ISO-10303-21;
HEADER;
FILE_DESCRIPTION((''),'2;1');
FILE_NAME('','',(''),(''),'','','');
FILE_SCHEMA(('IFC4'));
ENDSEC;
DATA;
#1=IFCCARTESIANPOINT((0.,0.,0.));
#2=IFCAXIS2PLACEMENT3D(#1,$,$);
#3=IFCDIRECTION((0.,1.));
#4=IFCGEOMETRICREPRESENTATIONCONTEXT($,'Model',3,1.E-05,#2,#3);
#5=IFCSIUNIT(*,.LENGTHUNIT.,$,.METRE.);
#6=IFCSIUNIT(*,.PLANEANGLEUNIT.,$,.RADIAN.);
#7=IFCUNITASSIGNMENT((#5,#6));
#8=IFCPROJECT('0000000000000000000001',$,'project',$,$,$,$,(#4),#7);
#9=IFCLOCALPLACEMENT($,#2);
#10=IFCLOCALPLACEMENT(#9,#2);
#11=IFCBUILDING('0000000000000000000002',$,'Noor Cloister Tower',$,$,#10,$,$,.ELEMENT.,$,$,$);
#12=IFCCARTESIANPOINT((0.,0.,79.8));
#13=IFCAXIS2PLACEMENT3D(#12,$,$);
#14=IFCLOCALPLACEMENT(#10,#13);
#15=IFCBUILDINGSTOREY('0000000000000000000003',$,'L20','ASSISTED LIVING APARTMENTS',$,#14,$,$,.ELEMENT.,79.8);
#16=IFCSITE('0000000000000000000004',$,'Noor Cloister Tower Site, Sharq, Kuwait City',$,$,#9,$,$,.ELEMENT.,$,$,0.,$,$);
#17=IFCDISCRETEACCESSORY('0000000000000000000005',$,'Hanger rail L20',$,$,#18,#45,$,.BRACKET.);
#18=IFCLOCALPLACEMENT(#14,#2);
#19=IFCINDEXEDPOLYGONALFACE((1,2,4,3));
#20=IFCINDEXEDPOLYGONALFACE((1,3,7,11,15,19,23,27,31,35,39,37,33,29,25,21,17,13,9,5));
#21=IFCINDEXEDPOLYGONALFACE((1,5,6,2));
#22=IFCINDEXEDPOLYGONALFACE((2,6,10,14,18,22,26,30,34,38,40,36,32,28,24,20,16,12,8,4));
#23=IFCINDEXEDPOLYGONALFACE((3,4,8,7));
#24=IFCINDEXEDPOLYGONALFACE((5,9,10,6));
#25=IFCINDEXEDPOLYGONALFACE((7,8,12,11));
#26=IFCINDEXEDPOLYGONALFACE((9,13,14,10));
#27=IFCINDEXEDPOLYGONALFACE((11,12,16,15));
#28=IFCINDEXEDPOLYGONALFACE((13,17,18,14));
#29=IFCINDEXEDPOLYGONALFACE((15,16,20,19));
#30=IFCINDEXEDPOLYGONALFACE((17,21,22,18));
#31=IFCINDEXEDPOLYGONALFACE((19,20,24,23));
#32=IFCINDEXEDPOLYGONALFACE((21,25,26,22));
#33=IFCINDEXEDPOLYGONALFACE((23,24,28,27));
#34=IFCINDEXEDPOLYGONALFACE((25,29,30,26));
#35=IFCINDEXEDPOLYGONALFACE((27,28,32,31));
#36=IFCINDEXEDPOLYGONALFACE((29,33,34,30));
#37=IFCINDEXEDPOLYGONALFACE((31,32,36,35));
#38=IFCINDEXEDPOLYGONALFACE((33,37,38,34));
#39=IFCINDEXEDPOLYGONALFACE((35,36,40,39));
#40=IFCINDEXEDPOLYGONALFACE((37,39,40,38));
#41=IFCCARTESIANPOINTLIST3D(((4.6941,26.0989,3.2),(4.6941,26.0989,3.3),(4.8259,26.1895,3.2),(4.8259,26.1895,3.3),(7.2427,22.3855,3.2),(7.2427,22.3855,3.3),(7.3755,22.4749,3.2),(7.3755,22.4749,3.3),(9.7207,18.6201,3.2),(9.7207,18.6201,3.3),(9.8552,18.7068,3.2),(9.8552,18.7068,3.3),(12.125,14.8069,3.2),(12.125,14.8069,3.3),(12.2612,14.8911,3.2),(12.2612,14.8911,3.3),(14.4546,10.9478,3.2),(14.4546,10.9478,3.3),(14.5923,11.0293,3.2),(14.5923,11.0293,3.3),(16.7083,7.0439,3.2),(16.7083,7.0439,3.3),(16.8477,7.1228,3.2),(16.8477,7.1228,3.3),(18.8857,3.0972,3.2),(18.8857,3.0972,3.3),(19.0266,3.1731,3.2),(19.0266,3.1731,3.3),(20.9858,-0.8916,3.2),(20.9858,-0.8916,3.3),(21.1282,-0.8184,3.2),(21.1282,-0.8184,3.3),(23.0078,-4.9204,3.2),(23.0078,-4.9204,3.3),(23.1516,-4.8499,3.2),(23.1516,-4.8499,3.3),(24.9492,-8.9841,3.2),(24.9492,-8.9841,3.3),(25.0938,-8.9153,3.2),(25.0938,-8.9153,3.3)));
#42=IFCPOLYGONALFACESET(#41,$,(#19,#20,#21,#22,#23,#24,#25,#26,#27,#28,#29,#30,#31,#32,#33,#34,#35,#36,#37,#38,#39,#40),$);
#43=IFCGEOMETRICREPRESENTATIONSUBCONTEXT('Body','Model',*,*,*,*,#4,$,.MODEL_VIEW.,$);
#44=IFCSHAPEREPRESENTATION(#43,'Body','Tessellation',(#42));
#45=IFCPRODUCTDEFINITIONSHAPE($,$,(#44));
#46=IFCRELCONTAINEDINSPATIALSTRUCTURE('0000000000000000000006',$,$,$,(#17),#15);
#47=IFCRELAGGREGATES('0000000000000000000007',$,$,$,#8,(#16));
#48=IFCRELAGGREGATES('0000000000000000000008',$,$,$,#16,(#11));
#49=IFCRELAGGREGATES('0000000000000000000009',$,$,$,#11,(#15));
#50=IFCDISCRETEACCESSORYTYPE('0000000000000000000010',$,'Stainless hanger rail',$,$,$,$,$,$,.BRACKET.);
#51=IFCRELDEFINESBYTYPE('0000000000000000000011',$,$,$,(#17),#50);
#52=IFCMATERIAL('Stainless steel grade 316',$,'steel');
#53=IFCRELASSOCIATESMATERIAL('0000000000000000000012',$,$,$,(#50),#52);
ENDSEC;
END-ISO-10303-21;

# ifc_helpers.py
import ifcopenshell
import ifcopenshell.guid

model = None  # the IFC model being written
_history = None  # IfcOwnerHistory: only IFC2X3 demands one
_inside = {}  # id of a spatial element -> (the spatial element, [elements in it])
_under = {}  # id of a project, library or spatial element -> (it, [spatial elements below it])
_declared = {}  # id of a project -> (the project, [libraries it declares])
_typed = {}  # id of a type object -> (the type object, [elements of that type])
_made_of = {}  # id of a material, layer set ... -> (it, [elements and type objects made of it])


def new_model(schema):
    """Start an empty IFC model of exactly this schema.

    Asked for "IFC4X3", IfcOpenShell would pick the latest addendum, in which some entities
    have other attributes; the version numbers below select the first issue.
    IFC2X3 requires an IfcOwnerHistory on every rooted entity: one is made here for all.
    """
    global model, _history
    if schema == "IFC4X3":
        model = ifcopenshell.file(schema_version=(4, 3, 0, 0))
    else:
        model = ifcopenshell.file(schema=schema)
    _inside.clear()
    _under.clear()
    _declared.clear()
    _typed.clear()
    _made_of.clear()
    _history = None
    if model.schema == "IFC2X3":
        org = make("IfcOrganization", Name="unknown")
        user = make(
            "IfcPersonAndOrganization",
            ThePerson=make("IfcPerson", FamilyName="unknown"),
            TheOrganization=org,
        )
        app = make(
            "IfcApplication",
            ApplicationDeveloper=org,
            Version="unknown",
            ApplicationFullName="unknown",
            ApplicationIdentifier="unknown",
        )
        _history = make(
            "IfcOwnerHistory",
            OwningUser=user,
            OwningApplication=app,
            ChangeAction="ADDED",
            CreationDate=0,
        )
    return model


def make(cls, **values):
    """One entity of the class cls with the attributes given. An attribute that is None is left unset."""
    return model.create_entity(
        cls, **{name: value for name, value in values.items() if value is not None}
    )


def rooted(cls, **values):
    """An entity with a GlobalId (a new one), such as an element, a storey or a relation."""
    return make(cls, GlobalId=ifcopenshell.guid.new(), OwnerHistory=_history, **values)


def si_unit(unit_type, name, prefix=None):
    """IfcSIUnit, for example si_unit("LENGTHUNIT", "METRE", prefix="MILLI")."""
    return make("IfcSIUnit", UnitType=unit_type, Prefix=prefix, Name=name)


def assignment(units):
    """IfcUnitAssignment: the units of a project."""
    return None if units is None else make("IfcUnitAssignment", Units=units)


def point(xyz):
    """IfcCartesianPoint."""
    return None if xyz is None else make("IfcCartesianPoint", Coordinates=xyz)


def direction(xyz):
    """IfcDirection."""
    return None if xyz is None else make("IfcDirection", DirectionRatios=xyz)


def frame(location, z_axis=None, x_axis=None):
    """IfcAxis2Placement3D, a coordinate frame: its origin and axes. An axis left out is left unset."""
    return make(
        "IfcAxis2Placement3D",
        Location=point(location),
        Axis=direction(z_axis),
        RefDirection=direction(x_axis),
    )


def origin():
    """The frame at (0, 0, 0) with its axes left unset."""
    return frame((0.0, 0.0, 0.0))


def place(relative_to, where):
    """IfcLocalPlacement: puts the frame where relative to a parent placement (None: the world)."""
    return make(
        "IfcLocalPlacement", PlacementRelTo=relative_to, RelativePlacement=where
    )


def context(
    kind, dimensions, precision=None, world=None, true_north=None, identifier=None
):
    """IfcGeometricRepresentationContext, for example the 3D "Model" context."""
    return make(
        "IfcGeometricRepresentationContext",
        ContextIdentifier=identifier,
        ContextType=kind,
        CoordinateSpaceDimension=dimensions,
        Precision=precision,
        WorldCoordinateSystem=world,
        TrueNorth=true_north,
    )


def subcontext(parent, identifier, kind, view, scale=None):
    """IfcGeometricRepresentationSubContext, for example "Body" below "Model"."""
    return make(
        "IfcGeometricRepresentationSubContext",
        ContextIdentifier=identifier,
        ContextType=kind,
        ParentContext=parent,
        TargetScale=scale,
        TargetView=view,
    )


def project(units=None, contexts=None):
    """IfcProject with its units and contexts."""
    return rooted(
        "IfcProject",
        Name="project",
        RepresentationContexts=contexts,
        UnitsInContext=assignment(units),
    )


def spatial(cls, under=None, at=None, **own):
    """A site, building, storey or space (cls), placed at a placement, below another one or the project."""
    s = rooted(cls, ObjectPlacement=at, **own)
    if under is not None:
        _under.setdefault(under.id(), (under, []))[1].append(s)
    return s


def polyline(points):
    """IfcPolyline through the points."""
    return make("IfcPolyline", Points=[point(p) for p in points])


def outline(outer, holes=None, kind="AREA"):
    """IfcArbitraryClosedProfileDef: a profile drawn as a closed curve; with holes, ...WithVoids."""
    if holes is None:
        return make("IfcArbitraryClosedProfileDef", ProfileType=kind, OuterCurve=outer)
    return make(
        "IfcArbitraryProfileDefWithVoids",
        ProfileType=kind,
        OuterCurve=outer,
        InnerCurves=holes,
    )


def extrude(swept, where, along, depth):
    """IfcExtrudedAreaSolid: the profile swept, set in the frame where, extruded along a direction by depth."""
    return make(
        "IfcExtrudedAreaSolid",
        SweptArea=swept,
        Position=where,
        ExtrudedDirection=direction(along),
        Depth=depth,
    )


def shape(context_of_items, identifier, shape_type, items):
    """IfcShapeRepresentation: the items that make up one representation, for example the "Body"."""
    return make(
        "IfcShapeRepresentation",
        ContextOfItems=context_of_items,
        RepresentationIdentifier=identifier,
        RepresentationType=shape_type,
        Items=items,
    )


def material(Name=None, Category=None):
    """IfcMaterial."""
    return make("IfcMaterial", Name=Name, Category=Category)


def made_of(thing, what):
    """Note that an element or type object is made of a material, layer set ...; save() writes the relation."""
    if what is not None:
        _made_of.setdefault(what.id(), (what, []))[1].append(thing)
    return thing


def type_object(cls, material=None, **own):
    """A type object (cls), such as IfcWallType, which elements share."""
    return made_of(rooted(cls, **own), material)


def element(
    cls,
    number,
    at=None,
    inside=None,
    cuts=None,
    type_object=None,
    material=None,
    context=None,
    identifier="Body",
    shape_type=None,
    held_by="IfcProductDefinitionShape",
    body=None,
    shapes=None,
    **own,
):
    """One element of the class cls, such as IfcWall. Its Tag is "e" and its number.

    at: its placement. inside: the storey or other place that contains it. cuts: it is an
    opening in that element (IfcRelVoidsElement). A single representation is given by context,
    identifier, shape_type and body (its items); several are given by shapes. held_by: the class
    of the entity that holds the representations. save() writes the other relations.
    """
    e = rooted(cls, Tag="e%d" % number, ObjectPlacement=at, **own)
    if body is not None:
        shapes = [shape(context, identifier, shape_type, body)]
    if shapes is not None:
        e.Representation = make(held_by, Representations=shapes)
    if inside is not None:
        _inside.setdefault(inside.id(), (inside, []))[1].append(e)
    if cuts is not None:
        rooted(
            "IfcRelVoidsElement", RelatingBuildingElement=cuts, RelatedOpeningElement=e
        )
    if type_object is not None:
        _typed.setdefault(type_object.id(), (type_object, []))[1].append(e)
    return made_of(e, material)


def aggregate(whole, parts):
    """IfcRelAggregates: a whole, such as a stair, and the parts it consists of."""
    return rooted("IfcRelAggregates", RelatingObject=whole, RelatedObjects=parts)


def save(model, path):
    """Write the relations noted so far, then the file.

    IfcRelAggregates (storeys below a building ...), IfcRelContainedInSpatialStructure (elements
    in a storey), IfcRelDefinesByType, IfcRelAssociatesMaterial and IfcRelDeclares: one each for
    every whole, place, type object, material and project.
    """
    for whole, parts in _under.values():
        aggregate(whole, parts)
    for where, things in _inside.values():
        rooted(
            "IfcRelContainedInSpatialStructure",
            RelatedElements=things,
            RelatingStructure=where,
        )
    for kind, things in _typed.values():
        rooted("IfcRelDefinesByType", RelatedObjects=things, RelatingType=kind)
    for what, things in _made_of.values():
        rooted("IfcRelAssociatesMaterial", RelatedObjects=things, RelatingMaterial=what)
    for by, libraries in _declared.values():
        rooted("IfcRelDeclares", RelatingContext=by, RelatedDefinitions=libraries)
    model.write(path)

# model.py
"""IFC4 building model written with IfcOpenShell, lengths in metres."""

from ifc_helpers import new_model, si_unit, direction, frame, origin, place, context, subcontext, project, spatial, polyline, outline, extrude, material, type_object, element, save


model = new_model("IFC4")

# Units and contexts
model_context = context("Model", 3, precision=1e-05, world=origin(), true_north=direction((0.0, 1.0)))
body_context = subcontext(model_context, "Body", "Model", "MODEL_VIEW")
ifc_project = project(units=[si_unit("LENGTHUNIT", "METRE"), si_unit("PLANEANGLEUNIT", "RADIAN")], contexts=[model_context])

# Site, building, storey
site_placement = place(None, origin())
site = spatial("IfcSite", under=ifc_project, at=site_placement, Name="Noor Cloister Tower Site, Sharq, Kuwait City", CompositionType="ELEMENT", RefElevation=0.0)
building_placement = place(site_placement, origin())
building = spatial("IfcBuilding", under=site, at=building_placement, Name="Noor Cloister Tower", CompositionType="ELEMENT")
storey_placement = place(building_placement, frame((0.0, 0.0, 79.8)))
storey = spatial("IfcBuildingStorey", under=building, at=storey_placement, Name="L20", Description="ASSISTED LIVING APARTMENTS", CompositionType="ELEMENT", Elevation=79.8)

# Discrete accessory
ifc_material_1 = material(Name="Stainless steel grade 316", Category="steel")
discrete_accessory_type = type_object("IfcDiscreteAccessoryType", Name="Stainless hanger rail", PredefinedType="BRACKET", material=ifc_material_1)
discrete_accessory_1_placement = place(storey_placement, frame((0.0, 0.0, 3.2)))
element("IfcDiscreteAccessory", 1, at=discrete_accessory_1_placement, inside=storey, type_object=discrete_accessory_type, Name="Hanger rail L20", PredefinedType="BRACKET", context=body_context, shape_type="SweptSolid", body=[
    extrude(outline(polyline([(25.0938, -8.9153), (23.1516, -4.8499), (21.1282, -0.8184), (19.0266, 3.1731), (16.8477, 7.1228), (14.5923, 11.0293), (12.2612, 14.8911), (9.8552, 18.7068), (7.3755, 22.4749), (4.8259, 26.1895), (4.6941, 26.0989), (7.2427, 22.3855), (9.7207, 18.6201), (12.125, 14.8069), (14.4546, 10.9478), (16.7083, 7.0439), (18.8857, 3.0972), (20.9858, -0.8916), (23.0078, -4.9204), (24.9492, -8.9841), (25.0938, -8.9153)])), origin(), (0.0, 0.0, 1.0), 0.1001),
])

save(model, "model.ifc")
